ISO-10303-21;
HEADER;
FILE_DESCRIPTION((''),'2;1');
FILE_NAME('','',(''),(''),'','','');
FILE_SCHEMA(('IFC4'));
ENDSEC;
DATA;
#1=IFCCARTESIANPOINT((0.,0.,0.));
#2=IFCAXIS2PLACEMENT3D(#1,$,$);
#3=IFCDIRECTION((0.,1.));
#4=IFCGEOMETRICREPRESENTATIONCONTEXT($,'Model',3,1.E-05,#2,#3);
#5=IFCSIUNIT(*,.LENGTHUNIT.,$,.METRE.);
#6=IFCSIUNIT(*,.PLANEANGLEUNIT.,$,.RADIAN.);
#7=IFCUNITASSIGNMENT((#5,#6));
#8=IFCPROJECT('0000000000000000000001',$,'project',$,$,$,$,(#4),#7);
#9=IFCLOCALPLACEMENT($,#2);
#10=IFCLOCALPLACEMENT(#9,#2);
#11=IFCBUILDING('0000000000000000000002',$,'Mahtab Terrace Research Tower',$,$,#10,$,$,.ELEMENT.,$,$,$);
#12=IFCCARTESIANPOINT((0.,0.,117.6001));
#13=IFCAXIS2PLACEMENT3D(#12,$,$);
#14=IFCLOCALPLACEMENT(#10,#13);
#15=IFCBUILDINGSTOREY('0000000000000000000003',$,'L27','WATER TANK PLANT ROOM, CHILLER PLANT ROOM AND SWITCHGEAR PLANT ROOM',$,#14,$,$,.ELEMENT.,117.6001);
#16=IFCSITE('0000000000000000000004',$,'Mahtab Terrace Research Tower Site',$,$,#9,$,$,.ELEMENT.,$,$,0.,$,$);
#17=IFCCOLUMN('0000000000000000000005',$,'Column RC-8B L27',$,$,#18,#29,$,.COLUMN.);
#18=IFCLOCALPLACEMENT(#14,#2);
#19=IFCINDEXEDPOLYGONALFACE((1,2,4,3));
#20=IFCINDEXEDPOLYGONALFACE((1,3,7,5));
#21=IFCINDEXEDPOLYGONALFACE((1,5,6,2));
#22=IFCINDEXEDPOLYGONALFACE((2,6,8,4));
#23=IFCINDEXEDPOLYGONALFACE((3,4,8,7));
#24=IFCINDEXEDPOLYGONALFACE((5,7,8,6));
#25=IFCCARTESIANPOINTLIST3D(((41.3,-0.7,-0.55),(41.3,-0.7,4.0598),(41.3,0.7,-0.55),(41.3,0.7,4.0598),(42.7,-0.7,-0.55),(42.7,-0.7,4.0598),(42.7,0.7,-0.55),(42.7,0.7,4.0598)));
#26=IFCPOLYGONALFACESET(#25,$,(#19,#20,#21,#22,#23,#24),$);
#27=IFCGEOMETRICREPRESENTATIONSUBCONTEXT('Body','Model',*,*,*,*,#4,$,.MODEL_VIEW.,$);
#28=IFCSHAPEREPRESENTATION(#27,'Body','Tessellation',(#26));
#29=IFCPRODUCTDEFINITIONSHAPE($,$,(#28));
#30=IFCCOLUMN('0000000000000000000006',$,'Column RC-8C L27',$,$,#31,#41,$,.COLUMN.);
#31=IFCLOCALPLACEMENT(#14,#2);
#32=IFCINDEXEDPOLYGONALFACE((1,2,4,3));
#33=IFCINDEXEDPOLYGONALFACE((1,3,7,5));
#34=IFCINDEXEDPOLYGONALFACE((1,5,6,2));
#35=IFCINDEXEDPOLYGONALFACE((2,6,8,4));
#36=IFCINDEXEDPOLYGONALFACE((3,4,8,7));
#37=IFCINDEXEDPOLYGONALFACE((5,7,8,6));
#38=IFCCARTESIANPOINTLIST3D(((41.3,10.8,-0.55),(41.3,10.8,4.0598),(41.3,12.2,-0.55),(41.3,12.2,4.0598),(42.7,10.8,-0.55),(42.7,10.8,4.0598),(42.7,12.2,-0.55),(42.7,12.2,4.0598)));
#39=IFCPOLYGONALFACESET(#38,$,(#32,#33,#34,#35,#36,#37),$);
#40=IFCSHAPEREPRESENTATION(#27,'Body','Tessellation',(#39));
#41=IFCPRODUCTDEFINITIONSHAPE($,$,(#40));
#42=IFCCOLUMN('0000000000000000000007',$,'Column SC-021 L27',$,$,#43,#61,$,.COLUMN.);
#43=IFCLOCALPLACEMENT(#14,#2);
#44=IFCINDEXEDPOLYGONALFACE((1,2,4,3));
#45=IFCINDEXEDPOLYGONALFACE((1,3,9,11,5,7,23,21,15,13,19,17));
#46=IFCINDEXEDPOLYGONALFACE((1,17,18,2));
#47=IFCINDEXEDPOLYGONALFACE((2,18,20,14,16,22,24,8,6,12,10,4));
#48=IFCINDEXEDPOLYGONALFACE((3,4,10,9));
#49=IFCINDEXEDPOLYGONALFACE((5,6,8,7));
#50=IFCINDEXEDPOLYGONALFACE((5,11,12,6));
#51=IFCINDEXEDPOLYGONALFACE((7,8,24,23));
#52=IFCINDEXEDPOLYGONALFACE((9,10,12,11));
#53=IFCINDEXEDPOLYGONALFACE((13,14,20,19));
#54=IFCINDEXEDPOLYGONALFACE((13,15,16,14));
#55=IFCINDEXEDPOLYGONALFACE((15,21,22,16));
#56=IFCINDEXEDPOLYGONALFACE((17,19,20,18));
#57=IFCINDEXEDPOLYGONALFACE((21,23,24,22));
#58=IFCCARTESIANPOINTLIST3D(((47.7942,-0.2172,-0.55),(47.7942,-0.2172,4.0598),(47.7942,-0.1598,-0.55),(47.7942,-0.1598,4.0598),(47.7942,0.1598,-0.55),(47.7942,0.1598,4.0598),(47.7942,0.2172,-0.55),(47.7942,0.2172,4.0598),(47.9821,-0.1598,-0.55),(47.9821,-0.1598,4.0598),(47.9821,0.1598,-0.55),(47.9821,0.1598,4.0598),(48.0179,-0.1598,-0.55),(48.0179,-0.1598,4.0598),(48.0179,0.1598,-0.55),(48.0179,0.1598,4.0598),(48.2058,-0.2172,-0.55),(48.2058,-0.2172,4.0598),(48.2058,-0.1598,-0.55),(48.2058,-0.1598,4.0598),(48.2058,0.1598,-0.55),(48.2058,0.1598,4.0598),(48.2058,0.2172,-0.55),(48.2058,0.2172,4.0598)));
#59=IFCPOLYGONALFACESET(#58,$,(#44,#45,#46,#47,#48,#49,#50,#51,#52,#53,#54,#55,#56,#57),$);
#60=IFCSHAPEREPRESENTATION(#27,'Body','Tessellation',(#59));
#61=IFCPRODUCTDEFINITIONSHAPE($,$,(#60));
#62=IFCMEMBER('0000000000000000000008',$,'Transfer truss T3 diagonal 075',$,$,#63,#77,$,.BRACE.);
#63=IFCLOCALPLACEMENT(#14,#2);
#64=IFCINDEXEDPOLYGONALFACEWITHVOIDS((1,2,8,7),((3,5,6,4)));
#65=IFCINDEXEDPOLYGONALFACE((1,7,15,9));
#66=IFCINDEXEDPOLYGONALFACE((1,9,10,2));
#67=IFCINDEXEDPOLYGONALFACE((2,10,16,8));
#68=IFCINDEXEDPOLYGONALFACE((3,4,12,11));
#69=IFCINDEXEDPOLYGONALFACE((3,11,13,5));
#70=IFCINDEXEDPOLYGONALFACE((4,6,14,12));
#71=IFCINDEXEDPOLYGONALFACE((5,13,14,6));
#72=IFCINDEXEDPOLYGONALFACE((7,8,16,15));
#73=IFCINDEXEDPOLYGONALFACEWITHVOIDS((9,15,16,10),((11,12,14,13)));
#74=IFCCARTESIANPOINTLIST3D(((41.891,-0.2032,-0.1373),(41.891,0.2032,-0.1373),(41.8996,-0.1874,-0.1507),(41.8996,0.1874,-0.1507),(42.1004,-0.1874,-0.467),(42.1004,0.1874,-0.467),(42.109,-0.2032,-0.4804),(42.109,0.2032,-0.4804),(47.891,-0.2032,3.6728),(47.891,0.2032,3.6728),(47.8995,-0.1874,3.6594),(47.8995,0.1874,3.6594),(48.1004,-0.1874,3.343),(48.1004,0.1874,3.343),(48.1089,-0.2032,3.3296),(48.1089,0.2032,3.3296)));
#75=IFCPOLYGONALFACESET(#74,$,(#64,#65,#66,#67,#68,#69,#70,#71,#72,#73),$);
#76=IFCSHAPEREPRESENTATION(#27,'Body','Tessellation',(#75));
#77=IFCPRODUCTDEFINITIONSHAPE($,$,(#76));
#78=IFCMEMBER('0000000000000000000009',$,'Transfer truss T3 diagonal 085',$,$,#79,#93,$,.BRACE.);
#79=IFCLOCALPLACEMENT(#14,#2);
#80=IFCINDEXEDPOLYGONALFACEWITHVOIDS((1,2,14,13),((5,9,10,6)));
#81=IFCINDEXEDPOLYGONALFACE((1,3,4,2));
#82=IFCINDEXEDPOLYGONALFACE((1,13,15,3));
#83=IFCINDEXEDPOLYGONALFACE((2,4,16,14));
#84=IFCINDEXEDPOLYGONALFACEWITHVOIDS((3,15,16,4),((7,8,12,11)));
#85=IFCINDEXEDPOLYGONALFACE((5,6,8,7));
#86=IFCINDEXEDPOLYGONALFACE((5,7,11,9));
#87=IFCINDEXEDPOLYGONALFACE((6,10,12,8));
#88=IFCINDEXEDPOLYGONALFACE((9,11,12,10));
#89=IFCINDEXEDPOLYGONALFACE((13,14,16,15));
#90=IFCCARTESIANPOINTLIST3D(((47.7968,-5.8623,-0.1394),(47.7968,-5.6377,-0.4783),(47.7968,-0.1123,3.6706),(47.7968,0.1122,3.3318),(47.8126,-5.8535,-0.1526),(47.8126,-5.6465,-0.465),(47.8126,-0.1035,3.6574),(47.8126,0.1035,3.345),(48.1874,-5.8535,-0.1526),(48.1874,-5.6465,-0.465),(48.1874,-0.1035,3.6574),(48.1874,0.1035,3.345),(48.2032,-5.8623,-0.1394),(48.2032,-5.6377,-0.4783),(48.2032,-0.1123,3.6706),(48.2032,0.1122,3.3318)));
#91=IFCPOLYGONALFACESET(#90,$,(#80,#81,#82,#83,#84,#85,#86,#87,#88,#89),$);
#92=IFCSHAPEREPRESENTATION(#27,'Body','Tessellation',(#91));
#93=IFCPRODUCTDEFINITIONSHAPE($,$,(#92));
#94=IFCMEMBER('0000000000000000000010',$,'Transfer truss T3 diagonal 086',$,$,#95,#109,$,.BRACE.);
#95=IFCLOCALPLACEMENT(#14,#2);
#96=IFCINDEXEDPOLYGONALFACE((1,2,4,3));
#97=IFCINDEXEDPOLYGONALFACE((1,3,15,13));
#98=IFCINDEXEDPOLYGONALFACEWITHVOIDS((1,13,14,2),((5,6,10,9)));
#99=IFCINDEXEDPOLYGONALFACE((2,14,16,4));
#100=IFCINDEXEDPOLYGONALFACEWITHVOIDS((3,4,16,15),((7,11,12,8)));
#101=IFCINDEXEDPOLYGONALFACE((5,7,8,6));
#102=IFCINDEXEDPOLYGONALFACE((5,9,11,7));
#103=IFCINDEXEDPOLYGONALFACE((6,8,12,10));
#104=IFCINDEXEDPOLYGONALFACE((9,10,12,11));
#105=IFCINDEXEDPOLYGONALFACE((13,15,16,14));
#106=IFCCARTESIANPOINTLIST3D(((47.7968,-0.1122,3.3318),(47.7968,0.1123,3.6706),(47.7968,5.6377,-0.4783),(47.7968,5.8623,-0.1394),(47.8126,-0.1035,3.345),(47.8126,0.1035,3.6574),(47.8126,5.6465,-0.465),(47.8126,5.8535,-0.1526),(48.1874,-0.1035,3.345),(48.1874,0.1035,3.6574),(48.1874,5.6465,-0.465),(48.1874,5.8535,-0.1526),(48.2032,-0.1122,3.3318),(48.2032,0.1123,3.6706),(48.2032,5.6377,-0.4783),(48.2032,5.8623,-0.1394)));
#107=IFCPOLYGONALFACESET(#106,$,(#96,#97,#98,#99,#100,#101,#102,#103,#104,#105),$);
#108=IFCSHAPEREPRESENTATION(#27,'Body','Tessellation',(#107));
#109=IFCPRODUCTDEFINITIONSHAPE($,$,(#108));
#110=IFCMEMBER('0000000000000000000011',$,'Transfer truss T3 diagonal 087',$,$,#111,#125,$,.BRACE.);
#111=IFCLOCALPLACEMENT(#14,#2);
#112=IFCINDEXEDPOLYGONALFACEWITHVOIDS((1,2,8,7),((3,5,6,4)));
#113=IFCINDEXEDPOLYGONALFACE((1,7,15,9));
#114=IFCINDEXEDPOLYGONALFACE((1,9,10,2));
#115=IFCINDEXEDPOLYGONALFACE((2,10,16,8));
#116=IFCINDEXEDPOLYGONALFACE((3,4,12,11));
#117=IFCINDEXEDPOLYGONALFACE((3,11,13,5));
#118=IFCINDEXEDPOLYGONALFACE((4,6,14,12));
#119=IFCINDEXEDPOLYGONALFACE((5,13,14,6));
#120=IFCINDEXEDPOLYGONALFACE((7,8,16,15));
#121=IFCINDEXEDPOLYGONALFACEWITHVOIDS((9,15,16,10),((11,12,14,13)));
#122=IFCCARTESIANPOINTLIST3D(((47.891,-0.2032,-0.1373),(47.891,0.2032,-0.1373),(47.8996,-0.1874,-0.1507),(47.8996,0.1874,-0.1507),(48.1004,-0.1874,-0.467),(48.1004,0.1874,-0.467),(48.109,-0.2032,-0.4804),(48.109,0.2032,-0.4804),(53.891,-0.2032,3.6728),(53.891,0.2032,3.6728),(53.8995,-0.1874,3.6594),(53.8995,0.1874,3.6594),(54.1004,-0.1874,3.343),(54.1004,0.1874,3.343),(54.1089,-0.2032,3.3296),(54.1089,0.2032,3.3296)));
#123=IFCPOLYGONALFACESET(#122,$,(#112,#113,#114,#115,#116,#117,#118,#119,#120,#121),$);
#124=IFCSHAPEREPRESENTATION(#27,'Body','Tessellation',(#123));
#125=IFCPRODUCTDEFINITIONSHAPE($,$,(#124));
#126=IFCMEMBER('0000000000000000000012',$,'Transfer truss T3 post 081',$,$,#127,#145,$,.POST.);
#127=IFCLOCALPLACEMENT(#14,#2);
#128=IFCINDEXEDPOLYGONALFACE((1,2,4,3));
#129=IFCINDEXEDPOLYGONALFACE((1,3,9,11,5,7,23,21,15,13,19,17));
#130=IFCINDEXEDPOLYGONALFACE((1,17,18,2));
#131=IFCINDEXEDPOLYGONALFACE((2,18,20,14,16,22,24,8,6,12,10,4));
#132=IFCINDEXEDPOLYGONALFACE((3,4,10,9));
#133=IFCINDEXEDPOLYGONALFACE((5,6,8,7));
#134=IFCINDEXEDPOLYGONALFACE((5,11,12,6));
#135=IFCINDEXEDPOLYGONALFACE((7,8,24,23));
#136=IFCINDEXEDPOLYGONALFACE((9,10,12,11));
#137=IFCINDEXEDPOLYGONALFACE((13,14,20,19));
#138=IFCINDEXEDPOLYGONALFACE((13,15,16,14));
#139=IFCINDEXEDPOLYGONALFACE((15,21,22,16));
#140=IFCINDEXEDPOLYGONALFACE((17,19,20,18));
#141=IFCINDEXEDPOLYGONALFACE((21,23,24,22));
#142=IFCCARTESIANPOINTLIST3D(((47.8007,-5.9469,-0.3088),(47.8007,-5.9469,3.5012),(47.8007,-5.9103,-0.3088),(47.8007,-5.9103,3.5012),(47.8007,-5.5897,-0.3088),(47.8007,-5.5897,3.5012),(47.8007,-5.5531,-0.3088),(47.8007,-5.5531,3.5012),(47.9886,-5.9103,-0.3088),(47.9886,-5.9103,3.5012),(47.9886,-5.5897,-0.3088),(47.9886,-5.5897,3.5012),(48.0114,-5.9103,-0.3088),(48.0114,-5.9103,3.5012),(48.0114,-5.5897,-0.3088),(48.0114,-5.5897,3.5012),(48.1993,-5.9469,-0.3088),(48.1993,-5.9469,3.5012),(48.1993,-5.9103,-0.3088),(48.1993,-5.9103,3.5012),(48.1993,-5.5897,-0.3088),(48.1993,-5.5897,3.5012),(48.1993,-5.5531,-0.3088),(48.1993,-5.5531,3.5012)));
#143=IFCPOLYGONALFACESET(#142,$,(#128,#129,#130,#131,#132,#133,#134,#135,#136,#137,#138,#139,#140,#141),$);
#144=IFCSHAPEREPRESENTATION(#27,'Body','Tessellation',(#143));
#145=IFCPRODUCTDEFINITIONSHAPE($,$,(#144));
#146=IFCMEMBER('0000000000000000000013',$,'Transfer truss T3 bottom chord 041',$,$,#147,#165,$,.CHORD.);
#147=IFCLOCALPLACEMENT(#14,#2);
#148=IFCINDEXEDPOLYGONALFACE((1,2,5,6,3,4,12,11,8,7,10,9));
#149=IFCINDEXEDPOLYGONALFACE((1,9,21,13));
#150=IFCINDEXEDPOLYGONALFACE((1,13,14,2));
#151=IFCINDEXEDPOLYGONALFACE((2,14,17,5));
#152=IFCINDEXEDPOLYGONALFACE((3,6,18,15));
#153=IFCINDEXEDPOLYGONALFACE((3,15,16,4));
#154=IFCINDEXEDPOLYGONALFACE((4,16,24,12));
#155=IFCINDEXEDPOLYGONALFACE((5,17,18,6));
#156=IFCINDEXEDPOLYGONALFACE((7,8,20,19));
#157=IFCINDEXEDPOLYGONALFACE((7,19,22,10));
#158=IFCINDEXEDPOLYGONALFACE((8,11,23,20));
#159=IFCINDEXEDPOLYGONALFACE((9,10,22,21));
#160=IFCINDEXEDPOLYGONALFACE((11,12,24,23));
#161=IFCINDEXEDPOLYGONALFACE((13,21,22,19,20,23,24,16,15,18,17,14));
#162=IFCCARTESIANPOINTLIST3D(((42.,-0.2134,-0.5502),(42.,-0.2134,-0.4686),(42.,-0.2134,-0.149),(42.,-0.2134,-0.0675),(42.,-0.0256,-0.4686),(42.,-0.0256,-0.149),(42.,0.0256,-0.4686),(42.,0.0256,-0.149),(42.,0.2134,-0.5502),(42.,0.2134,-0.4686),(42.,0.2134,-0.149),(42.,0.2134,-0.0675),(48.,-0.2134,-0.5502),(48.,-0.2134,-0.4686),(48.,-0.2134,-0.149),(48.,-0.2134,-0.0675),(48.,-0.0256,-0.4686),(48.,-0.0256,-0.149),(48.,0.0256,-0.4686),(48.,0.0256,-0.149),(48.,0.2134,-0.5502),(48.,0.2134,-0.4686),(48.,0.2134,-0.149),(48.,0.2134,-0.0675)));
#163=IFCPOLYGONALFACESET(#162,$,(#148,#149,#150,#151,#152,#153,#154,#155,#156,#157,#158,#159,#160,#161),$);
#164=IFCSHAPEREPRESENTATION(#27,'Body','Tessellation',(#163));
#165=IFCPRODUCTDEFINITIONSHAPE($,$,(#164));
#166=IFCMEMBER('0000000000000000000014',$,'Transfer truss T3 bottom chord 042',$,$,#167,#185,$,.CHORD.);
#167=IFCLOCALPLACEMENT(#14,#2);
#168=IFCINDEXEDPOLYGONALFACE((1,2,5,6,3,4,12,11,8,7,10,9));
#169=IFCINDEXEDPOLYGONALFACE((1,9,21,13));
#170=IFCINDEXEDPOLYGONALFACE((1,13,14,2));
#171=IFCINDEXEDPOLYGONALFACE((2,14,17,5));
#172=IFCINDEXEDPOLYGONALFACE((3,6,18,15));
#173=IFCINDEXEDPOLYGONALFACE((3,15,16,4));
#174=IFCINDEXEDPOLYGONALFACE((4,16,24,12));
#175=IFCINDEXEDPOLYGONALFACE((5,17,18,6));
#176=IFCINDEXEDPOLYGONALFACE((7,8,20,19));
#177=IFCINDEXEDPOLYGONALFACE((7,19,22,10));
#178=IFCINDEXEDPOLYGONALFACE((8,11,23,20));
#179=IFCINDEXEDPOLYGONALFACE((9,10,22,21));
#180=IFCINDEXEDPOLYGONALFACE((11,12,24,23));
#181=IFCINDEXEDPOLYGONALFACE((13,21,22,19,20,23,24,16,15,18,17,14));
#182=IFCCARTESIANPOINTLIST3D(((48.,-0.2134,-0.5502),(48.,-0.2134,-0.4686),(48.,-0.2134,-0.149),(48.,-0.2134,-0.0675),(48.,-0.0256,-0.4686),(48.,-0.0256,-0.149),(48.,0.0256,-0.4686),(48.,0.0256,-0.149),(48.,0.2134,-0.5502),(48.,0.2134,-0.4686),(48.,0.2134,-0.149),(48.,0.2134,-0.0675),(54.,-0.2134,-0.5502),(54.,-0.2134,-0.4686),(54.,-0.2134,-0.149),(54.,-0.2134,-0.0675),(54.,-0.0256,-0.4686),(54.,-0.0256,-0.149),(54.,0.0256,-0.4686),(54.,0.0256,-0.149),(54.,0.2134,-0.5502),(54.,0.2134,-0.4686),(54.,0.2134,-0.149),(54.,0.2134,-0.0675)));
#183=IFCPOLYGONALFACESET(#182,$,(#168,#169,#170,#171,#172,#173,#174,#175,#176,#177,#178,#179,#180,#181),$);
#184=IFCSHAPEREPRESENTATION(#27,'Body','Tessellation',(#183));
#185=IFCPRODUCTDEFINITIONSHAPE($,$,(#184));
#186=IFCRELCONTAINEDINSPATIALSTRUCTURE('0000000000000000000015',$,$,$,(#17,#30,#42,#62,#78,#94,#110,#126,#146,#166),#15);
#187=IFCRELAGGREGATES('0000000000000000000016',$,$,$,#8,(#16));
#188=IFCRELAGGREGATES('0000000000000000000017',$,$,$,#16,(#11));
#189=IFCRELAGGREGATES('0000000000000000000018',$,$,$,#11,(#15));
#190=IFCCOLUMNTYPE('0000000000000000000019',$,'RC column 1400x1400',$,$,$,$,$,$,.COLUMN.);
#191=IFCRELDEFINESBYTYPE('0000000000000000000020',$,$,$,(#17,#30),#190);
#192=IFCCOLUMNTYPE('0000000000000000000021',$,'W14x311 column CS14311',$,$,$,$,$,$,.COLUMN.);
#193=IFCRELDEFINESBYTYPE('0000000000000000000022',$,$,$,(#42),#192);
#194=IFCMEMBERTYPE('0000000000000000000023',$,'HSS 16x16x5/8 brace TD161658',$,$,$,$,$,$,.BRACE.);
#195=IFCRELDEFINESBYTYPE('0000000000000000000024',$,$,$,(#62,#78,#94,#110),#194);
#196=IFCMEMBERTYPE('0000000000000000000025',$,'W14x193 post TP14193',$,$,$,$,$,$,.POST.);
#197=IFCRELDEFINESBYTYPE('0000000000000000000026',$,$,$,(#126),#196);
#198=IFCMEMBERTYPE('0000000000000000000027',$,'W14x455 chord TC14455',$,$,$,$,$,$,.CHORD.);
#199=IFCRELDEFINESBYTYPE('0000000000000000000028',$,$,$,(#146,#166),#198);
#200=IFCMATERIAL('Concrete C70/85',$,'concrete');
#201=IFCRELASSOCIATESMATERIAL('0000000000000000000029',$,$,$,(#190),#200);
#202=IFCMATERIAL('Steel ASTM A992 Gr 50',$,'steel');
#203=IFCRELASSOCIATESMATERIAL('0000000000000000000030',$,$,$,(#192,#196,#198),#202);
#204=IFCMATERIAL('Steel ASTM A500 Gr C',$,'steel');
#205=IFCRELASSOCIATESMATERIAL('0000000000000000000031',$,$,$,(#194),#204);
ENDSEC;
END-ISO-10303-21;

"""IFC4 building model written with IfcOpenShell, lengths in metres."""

from ifc_helpers import new_model, si_unit, direction, frame, origin, origin_2d, place, context, subcontext, project, spatial, rectangle, hollow_rectangle, i_section, extrude, material, material_profile, profile_set, type_object, element, save


model = new_model("IFC4")

# Units and contexts
model_context = context("Model", 3, precision=1e-05, world=origin(), true_north=direction((0.0, 1.0)))
body_context = subcontext(model_context, "Body", "Model", "MODEL_VIEW")
ifc_project = project(units=[si_unit("LENGTHUNIT", "METRE"), si_unit("PLANEANGLEUNIT", "RADIAN")], contexts=[model_context])

# Site, building, storey
site_placement = place(None, origin())
site = spatial("IfcSite", under=ifc_project, at=site_placement, Name="Mahtab Terrace Research Tower Site", CompositionType="ELEMENT", RefElevation=0.0)
building_placement = place(site_placement, origin())
building = spatial("IfcBuilding", under=site, at=building_placement, Name="Mahtab Terrace Research Tower", CompositionType="ELEMENT")
storey_placement = place(building_placement, frame((0.0, 0.0, 117.6001)))
storey = spatial("IfcBuildingStorey", under=building, at=storey_placement, Name="L27", Description="WATER TANK PLANT ROOM, CHILLER PLANT ROOM AND SWITCHGEAR PLANT ROOM", CompositionType="ELEMENT", Elevation=117.6001)

# Columns
ifc_material_1 = material(Name="Concrete C70/85", Category="concrete")
ifc_material_profile_1 = material_profile(ifc_material_1, rectangle(XDim=1.3999, YDim=1.3999, at=origin_2d()), Name="RC column 1400x1400")
ifc_profile_set_1 = profile_set([ifc_material_profile_1], Name="Concrete C70/85")
column_type_1 = type_object("IfcColumnType", Name="RC column 1400x1400", PredefinedType="COLUMN", material=ifc_profile_set_1)
for number, where, z_axis, x_axis, name in (
    (1, (42.0, 0.0, -0.55), (0.0, 0.0, 1.0), (1.0, 0.0, 0.0), "Column RC-8B L27"),
    (2, (42.0, 11.5, -0.55), (0.0, 0.0, 1.0), (1.0, 0.0, 0.0), "Column RC-8C L27"),
):
    element("IfcColumn", number, at=place(storey_placement, frame(where, z_axis=z_axis, x_axis=x_axis)), inside=storey, type_object=column_type_1, Name=name, PredefinedType="COLUMN", context=body_context, shape_type="SweptSolid", body=[
        extrude(rectangle(XDim=1.3999, YDim=1.3999, at=origin_2d()), origin(), (0.0, 0.0, 1.0), 4.6099),
    ])
ifc_material_2 = material(Name="Steel ASTM A992 Gr 50", Category="steel")
ifc_material_profile_2 = material_profile(ifc_material_2, i_section(OverallWidth=0.4116, OverallDepth=0.4343, WebThickness=0.0359, FlangeThickness=0.0574, at=origin_2d()), Name="W14X311")
ifc_profile_set_2 = profile_set([ifc_material_profile_2], Name="Steel ASTM A992 Gr 50")
column_type_2 = type_object("IfcColumnType", Name="W14x311 column CS14311", PredefinedType="COLUMN", material=ifc_profile_set_2)
column_placement = place(storey_placement, frame((48.0, 0.0, -0.55), z_axis=(0.0, 0.0, 1.0), x_axis=(1.0, 0.0, 0.0)))
element("IfcColumn", 3, at=column_placement, inside=storey, type_object=column_type_2, Name="Column SC-021 L27", PredefinedType="COLUMN", context=body_context, shape_type="SweptSolid", body=[
    extrude(i_section(OverallWidth=0.4116, OverallDepth=0.4343, WebThickness=0.0359, FlangeThickness=0.0574, at=origin_2d()), origin(), (0.0, 0.0, 1.0), 4.6099),
])

# Members
ifc_material_3 = material(Name="Steel ASTM A500 Gr C", Category="steel")
ifc_material_profile_3 = material_profile(ifc_material_3, hollow_rectangle(XDim=0.4065, YDim=0.4065, WallThickness=0.0159, at=origin_2d()), Name="HSS16X16X5/8")
ifc_profile_set_3 = profile_set([ifc_material_profile_3], Name="Steel ASTM A500 Gr C")
member_type_1 = type_object("IfcMemberType", Name="HSS 16x16x5/8 brace TD161658", PredefinedType="BRACE", material=ifc_profile_set_3)
member_1_placement = place(storey_placement, frame((42.0, 0.0, -0.3088), z_axis=(0.844179, 0.0, 0.536062), x_axis=(0.0, 1.0, 0.0)))
element("IfcMember", 4, at=member_1_placement, inside=storey, type_object=member_type_1, Name="Transfer truss T3 diagonal 075", PredefinedType="BRACE", context=body_context, shape_type="SweptSolid", body=[
    extrude(hollow_rectangle(XDim=0.4065, YDim=0.4065, WallThickness=0.0159, at=origin_2d()), origin(), (0.0, 0.0, 1.0), 7.1074),
])
for number, where, z_axis, x_axis, name in (
    (5, (48.0, -5.75, -0.3088), (0.0, 0.833604, 0.552362), (-1.0, 0.0, 0.0), "Transfer truss T3 diagonal 085"),
    (6, (48.0, 5.75, -0.3088), (0.0, -0.833604, 0.552362), (1.0, 0.0, 0.0), "Transfer truss T3 diagonal 086"),
):
    element("IfcMember", number, at=place(storey_placement, frame(where, z_axis=z_axis, x_axis=x_axis)), inside=storey, type_object=member_type_1, Name=name, PredefinedType="BRACE", context=body_context, shape_type="SweptSolid", body=[
        extrude(hollow_rectangle(XDim=0.4065, YDim=0.4065, WallThickness=0.0159, at=origin_2d()), origin(), (0.0, 0.0, 1.0), 6.8977),
    ])
member_2_placement = place(storey_placement, frame((48.0, 0.0, -0.3088), z_axis=(0.844179, 0.0, 0.536062), x_axis=(0.0, 1.0, 0.0)))
element("IfcMember", 7, at=member_2_placement, inside=storey, type_object=member_type_1, Name="Transfer truss T3 diagonal 087", PredefinedType="BRACE", context=body_context, shape_type="SweptSolid", body=[
    extrude(hollow_rectangle(XDim=0.4065, YDim=0.4065, WallThickness=0.0159, at=origin_2d()), origin(), (0.0, 0.0, 1.0), 7.1074),
])
ifc_material_profile_4 = material_profile(ifc_material_2, i_section(OverallWidth=0.3987, OverallDepth=0.3938, WebThickness=0.0227, FlangeThickness=0.0366, at=origin_2d()), Name="W14X193")
ifc_profile_set_4 = profile_set([ifc_material_profile_4], Name="Steel ASTM A992 Gr 50")
member_type_2 = type_object("IfcMemberType", Name="W14x193 post TP14193", PredefinedType="POST", material=ifc_profile_set_4)
member_3_placement = place(storey_placement, frame((48.0, -5.75, -0.3088), z_axis=(0.0, 0.0, 1.0), x_axis=(1.0, 0.0, 0.0)))
element("IfcMember", 8, at=member_3_placement, inside=storey, type_object=member_type_2, Name="Transfer truss T3 post 081", PredefinedType="POST", context=body_context, shape_type="SweptSolid", body=[
    extrude(i_section(OverallWidth=0.3987, OverallDepth=0.3938, WebThickness=0.0227, FlangeThickness=0.0366, at=origin_2d()), origin(), (0.0, 0.0, 1.0), 3.8101),
])
ifc_material_profile_5 = material_profile(ifc_material_2, i_section(OverallWidth=0.4268, OverallDepth=0.4827, WebThickness=0.0513, FlangeThickness=0.0815, at=origin_2d()), Name="W14X455")
ifc_profile_set_5 = profile_set([ifc_material_profile_5], Name="Steel ASTM A992 Gr 50")
member_type_3 = type_object("IfcMemberType", Name="W14x455 chord TC14455", PredefinedType="CHORD", material=ifc_profile_set_5)
for number, where, z_axis, x_axis, name in (
    (9, (42.0, 0.0, -0.3088), (1.0, 0.0, 0.0), (0.0, 1.0, 0.0), "Transfer truss T3 bottom chord 041"),
    (10, (48.0, 0.0, -0.3088), (1.0, 0.0, 0.0), (0.0, 1.0, 0.0), "Transfer truss T3 bottom chord 042"),
):
    element("IfcMember", number, at=place(storey_placement, frame(where, z_axis=z_axis, x_axis=x_axis)), inside=storey, type_object=member_type_3, Name=name, PredefinedType="CHORD", context=body_context, shape_type="SweptSolid", body=[
        extrude(i_section(OverallWidth=0.4268, OverallDepth=0.4827, WebThickness=0.0513, FlangeThickness=0.0815, at=origin_2d()), origin(), (0.0, 0.0, 1.0), 6.0),
    ])

save(model, "model.ifc")
